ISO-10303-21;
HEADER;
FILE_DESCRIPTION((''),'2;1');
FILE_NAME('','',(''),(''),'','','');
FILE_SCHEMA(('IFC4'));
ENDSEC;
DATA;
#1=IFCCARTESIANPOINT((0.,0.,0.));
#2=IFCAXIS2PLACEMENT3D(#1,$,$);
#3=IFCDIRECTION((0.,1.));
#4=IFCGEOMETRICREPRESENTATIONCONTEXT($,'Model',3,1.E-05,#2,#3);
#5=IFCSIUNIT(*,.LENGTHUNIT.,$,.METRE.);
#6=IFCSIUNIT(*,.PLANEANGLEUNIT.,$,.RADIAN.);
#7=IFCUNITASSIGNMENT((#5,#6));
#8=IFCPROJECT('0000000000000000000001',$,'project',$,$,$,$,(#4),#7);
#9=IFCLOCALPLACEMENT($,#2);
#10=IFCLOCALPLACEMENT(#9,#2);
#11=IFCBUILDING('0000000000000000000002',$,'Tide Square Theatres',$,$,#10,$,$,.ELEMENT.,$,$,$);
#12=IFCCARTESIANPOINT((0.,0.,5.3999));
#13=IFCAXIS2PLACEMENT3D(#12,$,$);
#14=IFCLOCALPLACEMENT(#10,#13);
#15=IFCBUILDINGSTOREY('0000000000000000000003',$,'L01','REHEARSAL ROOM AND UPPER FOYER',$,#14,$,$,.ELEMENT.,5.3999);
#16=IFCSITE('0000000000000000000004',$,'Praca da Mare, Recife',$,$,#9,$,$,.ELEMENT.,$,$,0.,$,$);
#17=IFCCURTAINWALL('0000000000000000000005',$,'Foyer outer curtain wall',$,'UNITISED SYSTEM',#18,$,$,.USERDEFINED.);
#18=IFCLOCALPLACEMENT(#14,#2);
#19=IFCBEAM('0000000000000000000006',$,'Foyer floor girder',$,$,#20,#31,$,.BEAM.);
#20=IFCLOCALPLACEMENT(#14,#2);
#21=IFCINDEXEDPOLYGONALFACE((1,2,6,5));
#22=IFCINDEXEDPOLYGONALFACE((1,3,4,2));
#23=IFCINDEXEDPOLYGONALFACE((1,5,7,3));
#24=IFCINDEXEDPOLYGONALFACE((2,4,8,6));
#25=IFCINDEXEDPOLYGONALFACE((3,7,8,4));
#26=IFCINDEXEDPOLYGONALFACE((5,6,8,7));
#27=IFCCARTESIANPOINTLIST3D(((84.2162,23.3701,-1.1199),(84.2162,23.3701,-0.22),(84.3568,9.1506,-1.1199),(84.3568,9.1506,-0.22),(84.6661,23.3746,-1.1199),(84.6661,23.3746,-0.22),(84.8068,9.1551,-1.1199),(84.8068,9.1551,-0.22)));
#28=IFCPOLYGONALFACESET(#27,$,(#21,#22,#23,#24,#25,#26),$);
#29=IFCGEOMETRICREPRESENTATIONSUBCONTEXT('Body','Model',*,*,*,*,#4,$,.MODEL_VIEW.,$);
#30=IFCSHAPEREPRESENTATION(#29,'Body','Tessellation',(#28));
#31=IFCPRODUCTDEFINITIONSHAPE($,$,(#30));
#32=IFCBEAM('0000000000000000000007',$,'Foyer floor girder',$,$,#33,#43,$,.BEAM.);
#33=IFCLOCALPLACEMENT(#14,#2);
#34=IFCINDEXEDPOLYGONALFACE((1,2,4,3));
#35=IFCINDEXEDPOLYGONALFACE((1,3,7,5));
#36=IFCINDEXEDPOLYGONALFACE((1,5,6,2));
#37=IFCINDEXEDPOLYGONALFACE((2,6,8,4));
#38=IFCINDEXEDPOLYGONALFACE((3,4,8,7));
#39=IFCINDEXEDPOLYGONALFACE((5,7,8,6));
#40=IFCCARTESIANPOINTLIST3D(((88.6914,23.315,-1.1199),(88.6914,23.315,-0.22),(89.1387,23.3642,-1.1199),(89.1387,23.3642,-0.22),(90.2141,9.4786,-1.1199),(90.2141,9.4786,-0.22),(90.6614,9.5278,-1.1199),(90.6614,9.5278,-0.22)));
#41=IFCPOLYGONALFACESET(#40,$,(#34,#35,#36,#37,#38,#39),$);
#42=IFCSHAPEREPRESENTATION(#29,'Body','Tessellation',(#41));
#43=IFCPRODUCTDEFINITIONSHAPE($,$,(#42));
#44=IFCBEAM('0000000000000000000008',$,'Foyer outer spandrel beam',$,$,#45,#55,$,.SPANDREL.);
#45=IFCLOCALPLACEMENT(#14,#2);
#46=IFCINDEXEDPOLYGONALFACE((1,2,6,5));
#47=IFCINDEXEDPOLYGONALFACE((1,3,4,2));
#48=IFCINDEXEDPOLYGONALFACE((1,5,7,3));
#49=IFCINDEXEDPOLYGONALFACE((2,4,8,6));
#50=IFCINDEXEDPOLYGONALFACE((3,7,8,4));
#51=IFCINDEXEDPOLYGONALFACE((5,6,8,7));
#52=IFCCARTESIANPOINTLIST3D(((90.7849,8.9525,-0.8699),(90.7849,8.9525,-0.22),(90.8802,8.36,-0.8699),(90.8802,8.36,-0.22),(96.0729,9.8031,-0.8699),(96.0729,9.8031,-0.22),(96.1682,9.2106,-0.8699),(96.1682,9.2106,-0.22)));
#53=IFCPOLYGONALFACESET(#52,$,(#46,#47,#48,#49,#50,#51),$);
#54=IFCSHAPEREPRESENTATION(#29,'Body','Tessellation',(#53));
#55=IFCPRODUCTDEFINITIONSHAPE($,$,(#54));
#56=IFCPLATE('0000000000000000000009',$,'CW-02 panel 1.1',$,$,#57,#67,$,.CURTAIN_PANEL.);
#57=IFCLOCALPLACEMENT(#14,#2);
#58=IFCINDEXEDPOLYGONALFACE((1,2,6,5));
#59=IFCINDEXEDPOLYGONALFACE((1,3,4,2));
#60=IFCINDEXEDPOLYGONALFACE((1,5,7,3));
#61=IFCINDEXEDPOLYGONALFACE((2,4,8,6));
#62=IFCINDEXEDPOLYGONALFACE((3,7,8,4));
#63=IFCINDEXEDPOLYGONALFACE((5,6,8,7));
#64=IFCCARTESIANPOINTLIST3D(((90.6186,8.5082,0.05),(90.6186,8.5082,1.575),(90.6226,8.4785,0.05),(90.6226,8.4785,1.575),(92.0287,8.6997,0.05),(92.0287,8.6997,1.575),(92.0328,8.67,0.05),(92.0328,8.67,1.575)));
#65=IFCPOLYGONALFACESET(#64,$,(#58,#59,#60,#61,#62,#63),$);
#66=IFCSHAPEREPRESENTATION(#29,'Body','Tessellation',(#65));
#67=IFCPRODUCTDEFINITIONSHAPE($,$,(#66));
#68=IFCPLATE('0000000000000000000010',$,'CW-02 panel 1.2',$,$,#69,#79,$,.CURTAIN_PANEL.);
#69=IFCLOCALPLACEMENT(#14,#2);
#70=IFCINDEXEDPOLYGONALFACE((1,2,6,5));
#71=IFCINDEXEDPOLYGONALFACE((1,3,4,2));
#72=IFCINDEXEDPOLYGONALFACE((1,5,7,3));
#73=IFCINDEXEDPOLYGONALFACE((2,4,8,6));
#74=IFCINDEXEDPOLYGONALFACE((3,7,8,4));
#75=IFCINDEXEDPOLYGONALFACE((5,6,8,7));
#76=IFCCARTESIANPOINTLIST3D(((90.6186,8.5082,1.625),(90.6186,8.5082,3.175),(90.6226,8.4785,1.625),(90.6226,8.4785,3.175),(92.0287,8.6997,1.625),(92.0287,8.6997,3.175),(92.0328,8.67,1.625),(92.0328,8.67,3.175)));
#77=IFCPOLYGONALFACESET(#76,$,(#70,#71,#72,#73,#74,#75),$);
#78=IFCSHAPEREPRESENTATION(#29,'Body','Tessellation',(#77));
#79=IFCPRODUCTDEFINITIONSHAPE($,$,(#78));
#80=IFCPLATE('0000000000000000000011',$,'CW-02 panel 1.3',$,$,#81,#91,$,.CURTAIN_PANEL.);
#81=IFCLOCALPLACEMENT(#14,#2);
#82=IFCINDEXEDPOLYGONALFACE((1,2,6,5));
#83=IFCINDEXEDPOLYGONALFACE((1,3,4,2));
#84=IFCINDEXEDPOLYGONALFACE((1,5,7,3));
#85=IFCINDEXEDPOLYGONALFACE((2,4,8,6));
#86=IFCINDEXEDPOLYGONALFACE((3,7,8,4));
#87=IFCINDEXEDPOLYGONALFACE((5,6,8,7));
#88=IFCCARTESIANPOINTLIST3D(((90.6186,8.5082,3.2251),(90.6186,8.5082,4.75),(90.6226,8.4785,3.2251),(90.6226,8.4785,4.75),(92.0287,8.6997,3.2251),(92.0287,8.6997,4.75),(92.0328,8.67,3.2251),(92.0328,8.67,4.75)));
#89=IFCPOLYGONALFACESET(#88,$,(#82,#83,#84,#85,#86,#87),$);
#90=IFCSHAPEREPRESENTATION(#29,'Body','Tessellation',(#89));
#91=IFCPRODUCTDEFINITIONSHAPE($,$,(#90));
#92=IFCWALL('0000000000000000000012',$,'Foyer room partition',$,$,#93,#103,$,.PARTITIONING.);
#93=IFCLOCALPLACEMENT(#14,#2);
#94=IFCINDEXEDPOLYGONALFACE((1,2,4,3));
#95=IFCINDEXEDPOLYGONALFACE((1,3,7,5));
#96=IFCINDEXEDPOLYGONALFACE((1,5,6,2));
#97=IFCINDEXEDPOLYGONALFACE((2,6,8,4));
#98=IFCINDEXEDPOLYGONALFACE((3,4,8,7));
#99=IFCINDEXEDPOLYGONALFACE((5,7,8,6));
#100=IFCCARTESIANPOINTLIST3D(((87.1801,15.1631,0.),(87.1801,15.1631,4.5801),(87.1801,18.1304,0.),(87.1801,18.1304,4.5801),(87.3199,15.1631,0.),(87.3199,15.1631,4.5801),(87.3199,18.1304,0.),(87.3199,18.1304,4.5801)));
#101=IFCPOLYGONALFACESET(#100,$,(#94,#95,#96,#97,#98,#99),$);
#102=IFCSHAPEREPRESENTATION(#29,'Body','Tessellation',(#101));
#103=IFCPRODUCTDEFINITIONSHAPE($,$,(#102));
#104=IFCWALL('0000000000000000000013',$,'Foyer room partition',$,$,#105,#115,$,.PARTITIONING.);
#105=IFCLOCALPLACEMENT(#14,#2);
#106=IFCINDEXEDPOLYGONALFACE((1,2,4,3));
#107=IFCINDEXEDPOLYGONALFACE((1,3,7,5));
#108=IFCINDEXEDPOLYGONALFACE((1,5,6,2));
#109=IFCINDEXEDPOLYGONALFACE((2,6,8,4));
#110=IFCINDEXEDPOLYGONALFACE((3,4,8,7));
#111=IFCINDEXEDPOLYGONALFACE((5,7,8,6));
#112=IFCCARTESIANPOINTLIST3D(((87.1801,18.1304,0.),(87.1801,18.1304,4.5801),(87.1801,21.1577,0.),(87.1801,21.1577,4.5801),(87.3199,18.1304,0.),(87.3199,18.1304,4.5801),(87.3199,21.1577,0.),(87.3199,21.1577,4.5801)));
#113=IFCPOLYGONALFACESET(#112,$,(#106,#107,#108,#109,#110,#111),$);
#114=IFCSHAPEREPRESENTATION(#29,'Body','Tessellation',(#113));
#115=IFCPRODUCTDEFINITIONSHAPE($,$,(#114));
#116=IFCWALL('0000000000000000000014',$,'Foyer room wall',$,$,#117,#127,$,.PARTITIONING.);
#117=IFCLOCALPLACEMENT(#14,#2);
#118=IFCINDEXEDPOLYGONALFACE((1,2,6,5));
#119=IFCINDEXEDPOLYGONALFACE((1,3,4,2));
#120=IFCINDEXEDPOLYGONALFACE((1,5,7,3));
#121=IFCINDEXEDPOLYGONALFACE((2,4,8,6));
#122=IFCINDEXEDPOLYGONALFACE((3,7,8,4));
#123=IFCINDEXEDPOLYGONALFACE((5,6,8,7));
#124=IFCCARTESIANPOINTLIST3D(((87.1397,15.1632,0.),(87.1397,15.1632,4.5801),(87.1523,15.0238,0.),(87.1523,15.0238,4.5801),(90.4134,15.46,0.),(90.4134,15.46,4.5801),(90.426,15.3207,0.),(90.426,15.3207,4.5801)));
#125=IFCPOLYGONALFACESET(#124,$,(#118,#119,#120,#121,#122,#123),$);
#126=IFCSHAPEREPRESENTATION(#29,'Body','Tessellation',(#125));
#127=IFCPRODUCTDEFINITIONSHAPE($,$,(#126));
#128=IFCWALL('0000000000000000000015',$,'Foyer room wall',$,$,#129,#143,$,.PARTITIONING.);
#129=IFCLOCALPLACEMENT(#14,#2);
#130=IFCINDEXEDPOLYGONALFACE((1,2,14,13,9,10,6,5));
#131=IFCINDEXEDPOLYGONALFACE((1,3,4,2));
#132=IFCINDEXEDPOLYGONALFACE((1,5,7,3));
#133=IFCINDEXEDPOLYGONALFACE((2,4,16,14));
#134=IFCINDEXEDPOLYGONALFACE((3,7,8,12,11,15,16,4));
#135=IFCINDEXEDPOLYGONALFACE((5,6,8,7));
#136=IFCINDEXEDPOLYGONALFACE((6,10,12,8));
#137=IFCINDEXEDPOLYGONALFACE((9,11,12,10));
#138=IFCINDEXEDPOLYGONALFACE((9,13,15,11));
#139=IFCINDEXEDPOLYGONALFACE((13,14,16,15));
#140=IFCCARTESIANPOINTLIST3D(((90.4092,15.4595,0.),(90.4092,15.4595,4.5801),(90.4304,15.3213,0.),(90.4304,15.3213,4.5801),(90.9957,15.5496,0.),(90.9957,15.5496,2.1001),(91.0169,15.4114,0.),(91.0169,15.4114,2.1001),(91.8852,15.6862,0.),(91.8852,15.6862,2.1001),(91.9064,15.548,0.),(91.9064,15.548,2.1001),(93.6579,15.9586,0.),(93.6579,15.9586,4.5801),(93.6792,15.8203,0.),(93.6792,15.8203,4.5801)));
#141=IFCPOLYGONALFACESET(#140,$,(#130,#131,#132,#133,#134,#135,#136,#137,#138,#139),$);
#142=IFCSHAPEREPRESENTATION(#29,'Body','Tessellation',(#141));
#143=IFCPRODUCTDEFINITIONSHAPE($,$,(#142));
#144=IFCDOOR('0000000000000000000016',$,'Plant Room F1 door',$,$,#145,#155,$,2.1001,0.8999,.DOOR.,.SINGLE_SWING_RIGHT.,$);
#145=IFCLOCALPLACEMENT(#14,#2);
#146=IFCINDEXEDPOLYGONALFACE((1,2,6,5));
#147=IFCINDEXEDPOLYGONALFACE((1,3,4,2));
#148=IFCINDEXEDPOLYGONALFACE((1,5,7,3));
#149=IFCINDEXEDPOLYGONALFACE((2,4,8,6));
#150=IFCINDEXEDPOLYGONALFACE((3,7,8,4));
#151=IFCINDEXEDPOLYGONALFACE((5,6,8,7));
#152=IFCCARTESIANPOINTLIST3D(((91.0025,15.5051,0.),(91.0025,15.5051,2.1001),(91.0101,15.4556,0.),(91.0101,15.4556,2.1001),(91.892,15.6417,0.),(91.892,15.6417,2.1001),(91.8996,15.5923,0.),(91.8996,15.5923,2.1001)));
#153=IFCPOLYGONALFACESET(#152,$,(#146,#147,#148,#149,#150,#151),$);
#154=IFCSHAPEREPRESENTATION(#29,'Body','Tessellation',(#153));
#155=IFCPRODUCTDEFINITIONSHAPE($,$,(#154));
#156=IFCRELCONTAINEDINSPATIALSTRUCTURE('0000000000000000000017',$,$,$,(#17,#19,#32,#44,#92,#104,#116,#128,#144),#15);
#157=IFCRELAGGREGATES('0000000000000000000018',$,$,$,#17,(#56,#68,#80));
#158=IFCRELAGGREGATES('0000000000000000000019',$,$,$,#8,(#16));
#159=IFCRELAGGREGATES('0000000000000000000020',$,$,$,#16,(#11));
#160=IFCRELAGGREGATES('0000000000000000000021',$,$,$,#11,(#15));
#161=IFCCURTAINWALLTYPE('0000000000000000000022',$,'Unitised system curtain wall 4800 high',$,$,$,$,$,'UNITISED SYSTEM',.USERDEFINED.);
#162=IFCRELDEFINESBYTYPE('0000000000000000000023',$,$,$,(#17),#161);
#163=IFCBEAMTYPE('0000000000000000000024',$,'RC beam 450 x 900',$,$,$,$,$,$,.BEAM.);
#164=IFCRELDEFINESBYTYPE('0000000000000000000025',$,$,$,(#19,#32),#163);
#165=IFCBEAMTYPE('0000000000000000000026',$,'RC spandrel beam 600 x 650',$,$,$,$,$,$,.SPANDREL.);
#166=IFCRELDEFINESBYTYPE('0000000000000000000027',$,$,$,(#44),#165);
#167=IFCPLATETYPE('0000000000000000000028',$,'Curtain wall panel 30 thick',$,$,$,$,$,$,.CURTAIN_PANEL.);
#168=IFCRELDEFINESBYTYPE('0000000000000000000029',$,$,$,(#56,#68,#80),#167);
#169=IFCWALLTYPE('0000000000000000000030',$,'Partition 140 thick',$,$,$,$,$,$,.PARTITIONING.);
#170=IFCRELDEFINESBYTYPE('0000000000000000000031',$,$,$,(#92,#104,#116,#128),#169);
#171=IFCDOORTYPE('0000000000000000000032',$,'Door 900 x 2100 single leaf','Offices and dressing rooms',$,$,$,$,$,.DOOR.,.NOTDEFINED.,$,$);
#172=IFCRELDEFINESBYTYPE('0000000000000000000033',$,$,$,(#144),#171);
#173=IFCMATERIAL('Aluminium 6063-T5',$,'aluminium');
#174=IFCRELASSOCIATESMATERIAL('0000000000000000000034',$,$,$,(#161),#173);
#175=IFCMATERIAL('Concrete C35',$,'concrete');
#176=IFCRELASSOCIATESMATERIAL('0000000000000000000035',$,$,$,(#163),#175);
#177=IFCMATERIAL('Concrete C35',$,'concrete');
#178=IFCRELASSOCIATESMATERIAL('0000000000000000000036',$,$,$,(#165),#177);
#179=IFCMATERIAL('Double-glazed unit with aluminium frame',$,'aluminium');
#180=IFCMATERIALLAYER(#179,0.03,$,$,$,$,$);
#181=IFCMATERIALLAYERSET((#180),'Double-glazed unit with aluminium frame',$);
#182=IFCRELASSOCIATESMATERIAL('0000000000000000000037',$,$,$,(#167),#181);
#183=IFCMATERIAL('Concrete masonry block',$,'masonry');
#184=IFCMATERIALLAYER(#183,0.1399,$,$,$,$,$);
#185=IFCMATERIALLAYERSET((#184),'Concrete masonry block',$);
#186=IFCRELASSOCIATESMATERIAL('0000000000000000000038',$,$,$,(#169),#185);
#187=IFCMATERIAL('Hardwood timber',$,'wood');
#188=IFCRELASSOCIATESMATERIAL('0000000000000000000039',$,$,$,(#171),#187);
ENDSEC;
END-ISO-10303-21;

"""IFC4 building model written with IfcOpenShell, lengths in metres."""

from ifc_helpers import new_model, si_unit, direction, frame, frame_2d, origin, origin_2d, place, context, subcontext, project, spatial, rectangle, extrude, material, layer, layer_set, material_profile, profile_set, type_object, element, fill, aggregate, save


model = new_model("IFC4")

# Units and contexts
model_context = context("Model", 3, precision=1e-05, world=origin(), true_north=direction((0.0, 1.0)))
body_context = subcontext(model_context, "Body", "Model", "MODEL_VIEW")
ifc_project = project(units=[si_unit("LENGTHUNIT", "METRE"), si_unit("PLANEANGLEUNIT", "RADIAN")], contexts=[model_context])

# Site, building, storey
site_placement = place(None, origin())
site = spatial("IfcSite", under=ifc_project, at=site_placement, Name="Praca da Mare, Recife", CompositionType="ELEMENT", RefElevation=0.0)
building_placement = place(site_placement, origin())
building = spatial("IfcBuilding", under=site, at=building_placement, Name="Tide Square Theatres", CompositionType="ELEMENT")
storey_placement = place(building_placement, frame((0.0, 0.0, 5.3999)))
storey = spatial("IfcBuildingStorey", under=building, at=storey_placement, Name="L01", Description="REHEARSAL ROOM AND UPPER FOYER", CompositionType="ELEMENT", Elevation=5.3999)

# Curtain wall
ifc_material_1 = material(Name="Aluminium 6063-T5", Category="aluminium")
curtain_wall_type = type_object("IfcCurtainWallType", Name="Unitised system curtain wall 4800 high", ElementType="UNITISED SYSTEM", PredefinedType="USERDEFINED", material=ifc_material_1)
curtain_wall_placement = place(storey_placement, origin())
curtain_wall = element("IfcCurtainWall", 1, at=curtain_wall_placement, inside=storey, type_object=curtain_wall_type, Name="Foyer outer curtain wall", ObjectType="UNITISED SYSTEM", PredefinedType="USERDEFINED")

# Beams
ifc_material_2 = material(Name="Concrete C35", Category="concrete")
ifc_material_profile_1 = material_profile(ifc_material_2, rectangle(XDim=0.45, YDim=0.8999, at=origin_2d()))
ifc_profile_set_1 = profile_set([ifc_material_profile_1], Name="Concrete C35")
beam_type_1 = type_object("IfcBeamType", Name="RC beam 450 x 900", PredefinedType="BEAM", material=ifc_profile_set_1)
beam_1_placement = place(storey_placement, frame((84.5818, 9.1528, -0.6699), z_axis=(-0.009889, 0.999951, 0.0), x_axis=(-0.999951, -0.009889, 0.0)))
element("IfcBeam", 2, at=beam_1_placement, inside=storey, type_object=beam_type_1, Name="Foyer floor girder", PredefinedType="BEAM", context=body_context, shape_type="SweptSolid", body=[
    extrude(rectangle(XDim=0.45, YDim=0.8999, at=origin_2d()), origin(), (0.0, 0.0, 1.0), 14.2202),
])
beam_2_placement = place(storey_placement, frame((90.4377, 9.5032, -0.6699), z_axis=(-0.10939, 0.993999, 0.0), x_axis=(-0.993999, -0.10939, 0.0)))
element("IfcBeam", 3, at=beam_2_placement, inside=storey, type_object=beam_type_1, Name="Foyer floor girder", PredefinedType="BEAM", context=body_context, shape_type="SweptSolid", body=[
    extrude(rectangle(XDim=0.45, YDim=0.8999, at=origin_2d()), origin(), (0.0, 0.0, 1.0), 13.9199),
])
ifc_material_3 = material(Name="Concrete C35", Category="concrete")
ifc_material_profile_2 = material_profile(ifc_material_3, rectangle(XDim=0.6001, YDim=0.6499, at=origin_2d()))
ifc_profile_set_2 = profile_set([ifc_material_profile_2], Name="Concrete C35")
beam_type_2 = type_object("IfcBeamType", Name="RC spandrel beam 600 x 650", PredefinedType="SPANDREL", material=ifc_profile_set_2)
beam_3_placement = place(storey_placement, frame((90.8325, 8.6562, -0.5449), z_axis=(0.987309, 0.158808, 0.0), x_axis=(-0.158808, 0.987309, 0.0)))
element("IfcBeam", 4, at=beam_3_placement, inside=storey, type_object=beam_type_2, Name="Foyer outer spandrel beam", PredefinedType="SPANDREL", context=body_context, shape_type="SweptSolid", body=[
    extrude(rectangle(XDim=0.6001, YDim=0.6499, at=origin_2d()), origin(), (0.0, 0.0, 1.0), 5.356),
])

# Plates
ifc_material_4 = material(Name="Double-glazed unit with aluminium frame", Category="aluminium")
ifc_layer_1 = layer(ifc_material_4, 0.03)
ifc_layer_set_1 = layer_set([ifc_layer_1], Name="Double-glazed unit with aluminium frame")
plate_type = type_object("IfcPlateType", Name="Curtain wall panel 30 thick", PredefinedType="CURTAIN_PANEL", material=ifc_layer_set_1)
plate_1_placement = place(storey_placement, frame((91.3257, 8.5891, 0.05), z_axis=(0.0, 0.0, 1.0), x_axis=(0.990903, 0.134577, 0.0)))
plate_1 = element("IfcPlate", 5, at=plate_1_placement, type_object=plate_type, Name="CW-02 panel 1.1", PredefinedType="CURTAIN_PANEL", context=body_context, shape_type="SweptSolid", body=[
    extrude(rectangle(XDim=1.4231, YDim=0.03, at=origin_2d()), origin(), (0.0, 0.0, 1.0), 1.5249),
])
plate_2_placement = place(storey_placement, frame((91.3257, 8.5891, 1.625), z_axis=(0.0, 0.0, 1.0), x_axis=(0.990903, 0.134577, 0.0)))
plate_2 = element("IfcPlate", 6, at=plate_2_placement, type_object=plate_type, Name="CW-02 panel 1.2", PredefinedType="CURTAIN_PANEL", context=body_context, shape_type="SweptSolid", body=[
    extrude(rectangle(XDim=1.4231, YDim=0.03, at=origin_2d()), origin(), (0.0, 0.0, 1.0), 1.55),
])
plate_3_placement = place(storey_placement, frame((91.3257, 8.5891, 3.2251), z_axis=(0.0, 0.0, 1.0), x_axis=(0.990903, 0.134577, 0.0)))
plate_3 = element("IfcPlate", 7, at=plate_3_placement, type_object=plate_type, Name="CW-02 panel 1.3", PredefinedType="CURTAIN_PANEL", context=body_context, shape_type="SweptSolid", body=[
    extrude(rectangle(XDim=1.4231, YDim=0.03, at=origin_2d()), origin(), (0.0, 0.0, 1.0), 1.5249),
])
aggregate(curtain_wall, [plate_1, plate_2, plate_3])

# Walls
ifc_material_5 = material(Name="Concrete masonry block", Category="masonry")
ifc_layer_2 = layer(ifc_material_5, 0.1399)
ifc_layer_set_2 = layer_set([ifc_layer_2], Name="Concrete masonry block")
wall_type = type_object("IfcWallType", Name="Partition 140 thick", PredefinedType="PARTITIONING", material=ifc_layer_set_2)
wall_1_placement = place(storey_placement, frame((87.25, 15.1631, 0.0), z_axis=(0.0, 0.0, 1.0), x_axis=(0.0, 1.0, 0.0)))
element("IfcWall", 8, at=wall_1_placement, inside=storey, type_object=wall_type, Name="Foyer room partition", PredefinedType="PARTITIONING", context=body_context, shape_type="SweptSolid", body=[
    extrude(rectangle(XDim=2.9673, YDim=0.1399, at=frame_2d((1.4836, 0.0))), origin(), (0.0, 0.0, 1.0), 4.5801),
])
wall_2_placement = place(storey_placement, frame((87.25, 18.1304, 0.0), z_axis=(0.0, 0.0, 1.0), x_axis=(0.0, 1.0, 0.0)))
element("IfcWall", 9, at=wall_2_placement, inside=storey, type_object=wall_type, Name="Foyer room partition", PredefinedType="PARTITIONING", context=body_context, shape_type="SweptSolid", body=[
    extrude(rectangle(XDim=3.0273, YDim=0.1399, at=frame_2d((1.5137, 0.0))), origin(), (0.0, 0.0, 1.0), 4.5801),
])
wall_3_placement = place(storey_placement, frame((87.146, 15.0935, 0.0), z_axis=(0.0, 0.0, 1.0), x_axis=(0.995913, 0.090315, 0.0)))
element("IfcWall", 10, at=wall_3_placement, inside=storey, type_object=wall_type, Name="Foyer room wall", PredefinedType="PARTITIONING", context=body_context, shape_type="SweptSolid", body=[
    extrude(rectangle(XDim=3.2871, YDim=0.1399, at=frame_2d((1.6436, 0.0))), origin(), (0.0, 0.0, 1.0), 4.5801),
])

# Wall, opening, door
wall_4_placement = place(storey_placement, frame((90.4197, 15.3904, 0.0), z_axis=(0.0, 0.0, 1.0), x_axis=(0.988408, 0.151823, 0.0)))
wall_4 = element("IfcWall", 11, at=wall_4_placement, inside=storey, type_object=wall_type, Name="Foyer room wall", PredefinedType="PARTITIONING", context=body_context, shape_type="SweptSolid", body=[
    extrude(rectangle(XDim=3.2869, YDim=0.1399, at=frame_2d((1.6436, 0.0))), origin(), (0.0, 0.0, 1.0), 4.5801),
])
opening_placement = place(wall_4_placement, frame((0.5935, 0.0, 0.0)))
opening = element("IfcOpeningElement", 12, at=opening_placement, cuts=wall_4, PredefinedType="OPENING", context=body_context, shape_type="SweptSolid", body=[
    extrude(rectangle(XDim=0.8999, YDim=2.1001, at=frame_2d((0.45, 1.05))), frame((0.0, 0.0798, 0.0), z_axis=(0.0, -1.0, 0.0), x_axis=(1.0, 0.0, 0.0)), (0.0, 0.0, 1.0), 0.1599),
])
ifc_material_6 = material(Name="Hardwood timber", Category="wood")
door_type = type_object("IfcDoorType", Name="Door 900 x 2100 single leaf", Description="Offices and dressing rooms", OperationType="NOTDEFINED", PredefinedType="DOOR", material=ifc_material_6)
door_placement = place(opening_placement, origin())
door = element("IfcDoor", 13, at=door_placement, inside=storey, type_object=door_type, Name="Plant Room F1 door", OperationType="SINGLE_SWING_RIGHT", OverallHeight=2.1001, OverallWidth=0.8999, PredefinedType="DOOR", context=body_context, shape_type="SweptSolid", body=[
    extrude(rectangle(XDim=0.8999, YDim=2.1001, at=frame_2d((0.45, 1.05))), frame((0.0, 0.0249, 0.0), z_axis=(0.0, -1.0, 0.0), x_axis=(1.0, 0.0, 0.0)), (0.0, 0.0, 1.0), 0.05),
])
fill(opening, door)

save(model, "model.ifc")
